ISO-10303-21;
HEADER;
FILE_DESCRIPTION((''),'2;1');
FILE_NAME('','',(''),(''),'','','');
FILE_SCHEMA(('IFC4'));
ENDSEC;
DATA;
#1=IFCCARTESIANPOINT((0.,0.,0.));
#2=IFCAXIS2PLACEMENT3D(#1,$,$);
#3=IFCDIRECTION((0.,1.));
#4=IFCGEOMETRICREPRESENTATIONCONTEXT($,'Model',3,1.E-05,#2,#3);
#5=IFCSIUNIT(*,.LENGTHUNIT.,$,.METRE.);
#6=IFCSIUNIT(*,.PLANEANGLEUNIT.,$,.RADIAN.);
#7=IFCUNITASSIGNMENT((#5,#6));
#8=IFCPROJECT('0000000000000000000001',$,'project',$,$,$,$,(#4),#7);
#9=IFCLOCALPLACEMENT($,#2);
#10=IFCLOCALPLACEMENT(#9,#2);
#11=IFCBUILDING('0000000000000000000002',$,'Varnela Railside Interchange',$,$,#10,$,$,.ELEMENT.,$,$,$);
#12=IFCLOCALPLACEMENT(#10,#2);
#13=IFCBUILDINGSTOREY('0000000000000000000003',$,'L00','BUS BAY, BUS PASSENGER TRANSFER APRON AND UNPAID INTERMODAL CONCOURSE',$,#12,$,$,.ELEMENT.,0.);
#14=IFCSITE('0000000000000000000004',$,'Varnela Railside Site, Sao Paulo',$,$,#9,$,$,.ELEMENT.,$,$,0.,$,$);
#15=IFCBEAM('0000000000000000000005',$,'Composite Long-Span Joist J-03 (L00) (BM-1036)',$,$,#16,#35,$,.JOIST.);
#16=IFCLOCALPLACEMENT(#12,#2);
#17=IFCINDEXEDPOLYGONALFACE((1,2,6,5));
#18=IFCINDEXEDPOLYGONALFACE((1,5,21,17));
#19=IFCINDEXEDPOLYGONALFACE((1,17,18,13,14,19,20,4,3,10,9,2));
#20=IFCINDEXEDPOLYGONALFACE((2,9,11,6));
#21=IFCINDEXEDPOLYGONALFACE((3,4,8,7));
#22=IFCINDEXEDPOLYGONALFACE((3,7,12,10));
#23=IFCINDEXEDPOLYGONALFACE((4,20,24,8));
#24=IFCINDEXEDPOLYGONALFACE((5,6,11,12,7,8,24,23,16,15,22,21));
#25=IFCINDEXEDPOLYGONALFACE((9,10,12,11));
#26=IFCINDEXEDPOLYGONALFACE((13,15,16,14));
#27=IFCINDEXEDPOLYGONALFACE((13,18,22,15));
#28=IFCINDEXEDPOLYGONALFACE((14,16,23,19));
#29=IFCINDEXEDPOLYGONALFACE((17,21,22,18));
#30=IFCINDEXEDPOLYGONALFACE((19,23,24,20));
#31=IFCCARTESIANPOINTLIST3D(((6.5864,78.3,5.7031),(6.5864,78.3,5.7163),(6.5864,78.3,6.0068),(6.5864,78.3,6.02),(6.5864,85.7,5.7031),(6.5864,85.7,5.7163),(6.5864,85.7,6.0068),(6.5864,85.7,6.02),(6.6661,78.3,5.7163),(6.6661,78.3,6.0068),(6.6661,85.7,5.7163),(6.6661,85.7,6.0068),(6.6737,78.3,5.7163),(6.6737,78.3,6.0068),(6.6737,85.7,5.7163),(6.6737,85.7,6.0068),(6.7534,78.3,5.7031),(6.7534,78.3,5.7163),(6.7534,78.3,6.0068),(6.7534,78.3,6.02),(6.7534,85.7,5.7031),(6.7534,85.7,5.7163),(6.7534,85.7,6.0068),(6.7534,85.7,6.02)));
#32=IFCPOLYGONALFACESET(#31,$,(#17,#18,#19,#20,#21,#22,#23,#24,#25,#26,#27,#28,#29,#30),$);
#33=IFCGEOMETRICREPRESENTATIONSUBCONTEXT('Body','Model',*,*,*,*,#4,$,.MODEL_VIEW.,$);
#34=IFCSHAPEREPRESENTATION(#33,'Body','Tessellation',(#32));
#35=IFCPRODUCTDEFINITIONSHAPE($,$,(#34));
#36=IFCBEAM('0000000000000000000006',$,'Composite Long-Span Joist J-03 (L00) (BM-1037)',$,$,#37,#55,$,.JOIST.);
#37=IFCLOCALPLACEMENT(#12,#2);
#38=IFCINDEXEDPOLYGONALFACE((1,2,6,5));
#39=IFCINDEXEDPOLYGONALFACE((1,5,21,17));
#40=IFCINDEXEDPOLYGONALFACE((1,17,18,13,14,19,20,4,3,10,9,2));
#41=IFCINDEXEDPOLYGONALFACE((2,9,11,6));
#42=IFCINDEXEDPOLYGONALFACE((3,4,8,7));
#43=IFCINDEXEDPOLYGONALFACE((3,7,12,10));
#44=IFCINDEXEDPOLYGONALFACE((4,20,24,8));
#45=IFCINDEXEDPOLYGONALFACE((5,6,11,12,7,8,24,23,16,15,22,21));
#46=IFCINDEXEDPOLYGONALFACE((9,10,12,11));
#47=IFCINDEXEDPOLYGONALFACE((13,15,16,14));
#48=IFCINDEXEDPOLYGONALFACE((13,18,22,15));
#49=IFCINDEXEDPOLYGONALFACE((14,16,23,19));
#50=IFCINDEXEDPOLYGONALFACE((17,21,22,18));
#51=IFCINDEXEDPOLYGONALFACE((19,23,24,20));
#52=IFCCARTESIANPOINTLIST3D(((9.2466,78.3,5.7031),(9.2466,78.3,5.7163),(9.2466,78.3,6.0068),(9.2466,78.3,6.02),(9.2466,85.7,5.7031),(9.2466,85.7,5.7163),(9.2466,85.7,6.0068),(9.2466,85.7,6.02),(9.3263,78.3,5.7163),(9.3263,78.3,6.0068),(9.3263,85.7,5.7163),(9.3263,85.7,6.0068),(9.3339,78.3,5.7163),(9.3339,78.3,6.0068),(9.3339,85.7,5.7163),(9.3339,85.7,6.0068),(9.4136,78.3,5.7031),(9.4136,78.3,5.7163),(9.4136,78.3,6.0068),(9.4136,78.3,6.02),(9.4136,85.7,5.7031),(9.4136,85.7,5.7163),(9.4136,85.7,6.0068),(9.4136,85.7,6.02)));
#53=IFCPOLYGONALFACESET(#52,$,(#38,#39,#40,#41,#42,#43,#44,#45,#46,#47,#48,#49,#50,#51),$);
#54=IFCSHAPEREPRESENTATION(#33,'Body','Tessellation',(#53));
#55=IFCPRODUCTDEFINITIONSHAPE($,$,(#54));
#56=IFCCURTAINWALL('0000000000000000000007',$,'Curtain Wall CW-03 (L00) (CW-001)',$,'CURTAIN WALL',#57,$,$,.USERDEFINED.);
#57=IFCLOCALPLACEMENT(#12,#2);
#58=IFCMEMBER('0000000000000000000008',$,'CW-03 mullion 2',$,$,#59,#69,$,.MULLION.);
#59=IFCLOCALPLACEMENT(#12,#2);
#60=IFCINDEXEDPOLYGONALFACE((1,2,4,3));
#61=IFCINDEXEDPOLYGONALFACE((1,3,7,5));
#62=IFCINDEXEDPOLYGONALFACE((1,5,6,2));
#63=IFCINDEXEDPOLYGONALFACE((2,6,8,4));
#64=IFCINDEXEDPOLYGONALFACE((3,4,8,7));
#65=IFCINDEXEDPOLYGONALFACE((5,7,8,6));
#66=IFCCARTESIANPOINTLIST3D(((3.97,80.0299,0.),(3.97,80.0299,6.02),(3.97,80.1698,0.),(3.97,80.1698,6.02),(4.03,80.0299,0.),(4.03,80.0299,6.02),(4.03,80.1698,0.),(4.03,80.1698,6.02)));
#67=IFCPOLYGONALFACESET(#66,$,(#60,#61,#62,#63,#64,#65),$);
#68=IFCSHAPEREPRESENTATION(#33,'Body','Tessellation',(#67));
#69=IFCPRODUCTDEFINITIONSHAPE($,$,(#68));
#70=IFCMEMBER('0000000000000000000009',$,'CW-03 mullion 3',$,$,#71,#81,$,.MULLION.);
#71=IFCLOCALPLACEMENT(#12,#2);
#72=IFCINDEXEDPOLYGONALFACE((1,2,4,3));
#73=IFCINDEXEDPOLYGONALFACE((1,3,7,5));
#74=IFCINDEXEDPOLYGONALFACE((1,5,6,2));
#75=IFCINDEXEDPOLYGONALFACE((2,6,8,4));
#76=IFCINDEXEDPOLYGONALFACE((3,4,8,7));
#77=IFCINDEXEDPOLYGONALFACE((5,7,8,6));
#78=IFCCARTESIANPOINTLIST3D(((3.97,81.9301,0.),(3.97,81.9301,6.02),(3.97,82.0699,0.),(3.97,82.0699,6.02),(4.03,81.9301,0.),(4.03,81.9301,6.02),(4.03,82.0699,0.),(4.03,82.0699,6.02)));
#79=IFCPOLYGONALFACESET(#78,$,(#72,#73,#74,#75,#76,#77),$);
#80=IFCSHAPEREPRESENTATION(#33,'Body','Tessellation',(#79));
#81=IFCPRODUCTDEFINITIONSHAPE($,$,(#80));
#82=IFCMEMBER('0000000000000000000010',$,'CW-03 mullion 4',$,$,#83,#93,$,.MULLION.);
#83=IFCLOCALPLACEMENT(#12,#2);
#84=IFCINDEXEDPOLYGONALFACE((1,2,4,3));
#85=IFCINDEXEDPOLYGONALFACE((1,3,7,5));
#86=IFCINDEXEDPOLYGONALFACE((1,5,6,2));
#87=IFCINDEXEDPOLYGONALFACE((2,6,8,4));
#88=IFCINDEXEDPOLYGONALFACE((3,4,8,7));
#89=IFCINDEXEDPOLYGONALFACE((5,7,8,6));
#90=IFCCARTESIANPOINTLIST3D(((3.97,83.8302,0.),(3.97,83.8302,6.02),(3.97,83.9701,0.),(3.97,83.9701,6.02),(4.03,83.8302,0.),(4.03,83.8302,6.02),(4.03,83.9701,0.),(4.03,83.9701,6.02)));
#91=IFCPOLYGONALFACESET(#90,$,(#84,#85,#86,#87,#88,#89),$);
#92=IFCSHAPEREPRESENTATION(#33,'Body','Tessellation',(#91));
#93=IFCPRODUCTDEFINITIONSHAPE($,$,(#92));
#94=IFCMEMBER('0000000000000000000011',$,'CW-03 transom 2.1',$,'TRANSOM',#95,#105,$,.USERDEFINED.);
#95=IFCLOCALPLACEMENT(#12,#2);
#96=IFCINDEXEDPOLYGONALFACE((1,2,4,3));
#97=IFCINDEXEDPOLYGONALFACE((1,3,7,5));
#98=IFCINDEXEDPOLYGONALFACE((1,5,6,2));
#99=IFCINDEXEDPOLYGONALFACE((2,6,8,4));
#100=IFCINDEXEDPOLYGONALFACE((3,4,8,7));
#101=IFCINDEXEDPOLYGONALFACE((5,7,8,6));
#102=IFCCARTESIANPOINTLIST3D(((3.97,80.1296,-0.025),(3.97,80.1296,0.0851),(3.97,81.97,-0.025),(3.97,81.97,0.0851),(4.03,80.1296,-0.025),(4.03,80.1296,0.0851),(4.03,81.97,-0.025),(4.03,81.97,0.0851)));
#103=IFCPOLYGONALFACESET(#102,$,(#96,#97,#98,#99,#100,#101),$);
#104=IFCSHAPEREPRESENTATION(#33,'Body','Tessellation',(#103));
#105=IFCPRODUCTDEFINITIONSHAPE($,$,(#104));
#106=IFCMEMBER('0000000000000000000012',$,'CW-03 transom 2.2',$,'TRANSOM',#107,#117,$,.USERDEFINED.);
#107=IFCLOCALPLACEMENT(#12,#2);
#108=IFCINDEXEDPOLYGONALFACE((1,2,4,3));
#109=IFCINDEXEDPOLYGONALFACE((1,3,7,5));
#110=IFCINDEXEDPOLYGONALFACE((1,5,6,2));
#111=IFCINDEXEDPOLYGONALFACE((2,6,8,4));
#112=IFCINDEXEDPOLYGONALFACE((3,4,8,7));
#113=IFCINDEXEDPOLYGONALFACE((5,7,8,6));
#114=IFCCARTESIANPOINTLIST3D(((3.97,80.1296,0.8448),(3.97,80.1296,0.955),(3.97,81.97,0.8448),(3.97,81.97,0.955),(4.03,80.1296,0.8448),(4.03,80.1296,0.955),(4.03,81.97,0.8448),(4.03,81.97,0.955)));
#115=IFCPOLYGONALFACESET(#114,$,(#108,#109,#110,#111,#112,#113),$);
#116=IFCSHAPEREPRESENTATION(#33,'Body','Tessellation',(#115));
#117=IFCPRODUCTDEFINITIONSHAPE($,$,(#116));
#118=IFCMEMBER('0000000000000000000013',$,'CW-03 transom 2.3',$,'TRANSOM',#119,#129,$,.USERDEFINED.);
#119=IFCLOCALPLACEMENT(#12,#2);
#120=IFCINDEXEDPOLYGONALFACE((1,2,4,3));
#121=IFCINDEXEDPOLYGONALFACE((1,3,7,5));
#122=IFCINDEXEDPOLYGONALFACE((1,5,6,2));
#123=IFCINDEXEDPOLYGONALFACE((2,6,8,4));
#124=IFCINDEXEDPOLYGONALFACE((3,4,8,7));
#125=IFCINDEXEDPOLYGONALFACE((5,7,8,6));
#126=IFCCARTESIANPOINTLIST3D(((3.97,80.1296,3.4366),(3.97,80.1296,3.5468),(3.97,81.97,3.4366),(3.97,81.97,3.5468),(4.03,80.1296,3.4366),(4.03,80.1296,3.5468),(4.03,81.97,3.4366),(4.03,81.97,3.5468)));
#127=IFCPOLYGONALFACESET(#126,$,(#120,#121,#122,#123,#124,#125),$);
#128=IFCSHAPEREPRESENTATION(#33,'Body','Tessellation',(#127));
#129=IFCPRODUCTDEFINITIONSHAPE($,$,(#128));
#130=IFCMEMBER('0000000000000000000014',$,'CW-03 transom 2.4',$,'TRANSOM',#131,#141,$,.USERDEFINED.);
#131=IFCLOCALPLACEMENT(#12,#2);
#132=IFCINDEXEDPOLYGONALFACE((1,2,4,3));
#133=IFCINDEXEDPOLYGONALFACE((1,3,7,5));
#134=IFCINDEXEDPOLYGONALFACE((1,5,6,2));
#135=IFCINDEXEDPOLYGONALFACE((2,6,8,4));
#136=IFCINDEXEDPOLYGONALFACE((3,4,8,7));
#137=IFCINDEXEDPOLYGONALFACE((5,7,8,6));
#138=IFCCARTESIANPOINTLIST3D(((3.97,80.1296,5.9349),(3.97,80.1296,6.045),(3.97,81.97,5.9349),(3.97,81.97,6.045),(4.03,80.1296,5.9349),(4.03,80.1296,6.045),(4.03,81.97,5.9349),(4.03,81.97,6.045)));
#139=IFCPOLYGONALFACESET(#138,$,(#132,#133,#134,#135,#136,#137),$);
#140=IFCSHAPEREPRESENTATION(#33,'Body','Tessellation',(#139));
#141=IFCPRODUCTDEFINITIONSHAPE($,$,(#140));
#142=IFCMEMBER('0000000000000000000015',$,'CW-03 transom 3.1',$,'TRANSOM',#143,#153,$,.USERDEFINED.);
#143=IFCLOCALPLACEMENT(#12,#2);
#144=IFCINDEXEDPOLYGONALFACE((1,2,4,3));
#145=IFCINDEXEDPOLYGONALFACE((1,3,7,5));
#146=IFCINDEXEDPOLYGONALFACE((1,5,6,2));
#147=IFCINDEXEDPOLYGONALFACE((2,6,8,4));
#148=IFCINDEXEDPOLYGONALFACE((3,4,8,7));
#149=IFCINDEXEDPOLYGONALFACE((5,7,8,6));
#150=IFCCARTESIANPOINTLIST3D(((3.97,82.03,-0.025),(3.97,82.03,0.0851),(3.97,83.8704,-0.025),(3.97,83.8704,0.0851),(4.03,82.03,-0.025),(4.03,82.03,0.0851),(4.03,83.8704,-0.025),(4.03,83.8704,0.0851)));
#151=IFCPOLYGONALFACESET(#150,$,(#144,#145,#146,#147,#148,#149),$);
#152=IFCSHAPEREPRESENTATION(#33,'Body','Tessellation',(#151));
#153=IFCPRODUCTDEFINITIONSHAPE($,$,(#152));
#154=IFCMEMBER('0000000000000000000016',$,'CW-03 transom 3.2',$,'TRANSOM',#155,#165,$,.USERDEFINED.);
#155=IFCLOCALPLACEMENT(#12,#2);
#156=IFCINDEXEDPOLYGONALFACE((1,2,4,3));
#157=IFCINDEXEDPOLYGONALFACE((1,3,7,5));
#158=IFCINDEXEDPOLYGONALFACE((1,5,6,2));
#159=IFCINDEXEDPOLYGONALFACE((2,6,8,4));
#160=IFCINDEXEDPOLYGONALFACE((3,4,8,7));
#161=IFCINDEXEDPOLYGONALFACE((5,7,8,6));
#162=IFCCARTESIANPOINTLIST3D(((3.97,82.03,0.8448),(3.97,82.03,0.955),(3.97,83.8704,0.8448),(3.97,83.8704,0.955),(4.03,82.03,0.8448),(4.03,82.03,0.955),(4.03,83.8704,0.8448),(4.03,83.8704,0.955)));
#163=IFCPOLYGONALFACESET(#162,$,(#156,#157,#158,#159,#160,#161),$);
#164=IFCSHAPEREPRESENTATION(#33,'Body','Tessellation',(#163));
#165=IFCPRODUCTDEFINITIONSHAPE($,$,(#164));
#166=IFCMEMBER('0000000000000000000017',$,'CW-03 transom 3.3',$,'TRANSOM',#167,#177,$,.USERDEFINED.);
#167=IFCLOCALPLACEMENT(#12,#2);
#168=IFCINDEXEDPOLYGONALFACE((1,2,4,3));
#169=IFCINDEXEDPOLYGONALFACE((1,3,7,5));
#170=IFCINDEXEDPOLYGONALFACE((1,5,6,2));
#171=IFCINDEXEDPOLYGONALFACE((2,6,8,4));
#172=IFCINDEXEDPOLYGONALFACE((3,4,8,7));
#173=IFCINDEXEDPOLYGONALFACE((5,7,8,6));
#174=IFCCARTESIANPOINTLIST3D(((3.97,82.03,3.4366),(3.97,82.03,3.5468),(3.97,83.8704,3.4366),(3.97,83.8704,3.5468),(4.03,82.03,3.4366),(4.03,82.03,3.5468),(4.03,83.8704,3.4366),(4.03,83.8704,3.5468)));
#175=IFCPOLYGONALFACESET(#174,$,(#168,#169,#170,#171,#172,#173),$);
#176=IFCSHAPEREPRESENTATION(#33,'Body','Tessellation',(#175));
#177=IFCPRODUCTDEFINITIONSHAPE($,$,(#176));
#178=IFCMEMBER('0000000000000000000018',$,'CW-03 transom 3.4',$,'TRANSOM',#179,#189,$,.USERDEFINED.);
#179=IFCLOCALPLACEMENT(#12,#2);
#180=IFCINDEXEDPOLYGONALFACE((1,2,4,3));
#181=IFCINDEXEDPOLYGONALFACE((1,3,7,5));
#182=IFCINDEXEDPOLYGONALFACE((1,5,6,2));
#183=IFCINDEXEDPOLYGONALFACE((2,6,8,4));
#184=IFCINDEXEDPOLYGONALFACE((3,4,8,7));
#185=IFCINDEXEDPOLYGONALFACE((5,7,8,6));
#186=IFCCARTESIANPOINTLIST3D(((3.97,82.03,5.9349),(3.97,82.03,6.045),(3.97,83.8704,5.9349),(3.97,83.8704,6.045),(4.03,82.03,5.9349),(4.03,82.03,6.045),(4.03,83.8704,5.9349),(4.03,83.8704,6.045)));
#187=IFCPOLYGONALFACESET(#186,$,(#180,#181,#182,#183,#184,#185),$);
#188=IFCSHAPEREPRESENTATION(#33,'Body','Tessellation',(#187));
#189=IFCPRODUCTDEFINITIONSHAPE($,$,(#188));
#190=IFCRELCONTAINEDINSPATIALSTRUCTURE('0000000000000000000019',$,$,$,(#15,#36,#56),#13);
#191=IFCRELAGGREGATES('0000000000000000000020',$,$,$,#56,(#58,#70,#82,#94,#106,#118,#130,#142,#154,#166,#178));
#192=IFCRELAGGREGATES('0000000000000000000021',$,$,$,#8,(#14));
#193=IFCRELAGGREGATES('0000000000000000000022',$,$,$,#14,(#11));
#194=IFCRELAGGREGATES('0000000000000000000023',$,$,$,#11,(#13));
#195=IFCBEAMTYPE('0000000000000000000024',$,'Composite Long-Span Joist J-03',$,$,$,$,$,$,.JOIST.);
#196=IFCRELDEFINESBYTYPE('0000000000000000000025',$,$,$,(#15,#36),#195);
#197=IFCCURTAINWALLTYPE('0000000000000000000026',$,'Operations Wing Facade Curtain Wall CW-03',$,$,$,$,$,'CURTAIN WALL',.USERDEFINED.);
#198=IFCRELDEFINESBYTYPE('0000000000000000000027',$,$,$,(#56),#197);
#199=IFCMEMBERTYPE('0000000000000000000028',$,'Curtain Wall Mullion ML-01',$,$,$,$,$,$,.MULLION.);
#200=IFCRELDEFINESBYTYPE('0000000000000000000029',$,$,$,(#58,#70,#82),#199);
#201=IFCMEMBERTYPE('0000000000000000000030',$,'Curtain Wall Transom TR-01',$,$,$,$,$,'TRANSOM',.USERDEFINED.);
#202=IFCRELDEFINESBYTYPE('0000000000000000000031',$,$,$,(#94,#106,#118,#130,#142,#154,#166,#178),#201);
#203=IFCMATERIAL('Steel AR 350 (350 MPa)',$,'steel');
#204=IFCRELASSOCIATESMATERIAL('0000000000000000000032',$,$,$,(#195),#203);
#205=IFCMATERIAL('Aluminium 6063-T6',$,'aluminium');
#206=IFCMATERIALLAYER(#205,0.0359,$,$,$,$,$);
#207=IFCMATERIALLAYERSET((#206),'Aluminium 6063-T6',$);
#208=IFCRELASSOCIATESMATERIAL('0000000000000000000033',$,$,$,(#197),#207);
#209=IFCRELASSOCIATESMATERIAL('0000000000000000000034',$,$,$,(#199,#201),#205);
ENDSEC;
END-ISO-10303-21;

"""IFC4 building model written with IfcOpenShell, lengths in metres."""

from ifc_helpers import new_model, si_unit, direction, frame, origin, origin_2d, place, context, subcontext, project, spatial, rectangle, i_section, extrude, material, layer, layer_set, material_profile, profile_set, type_object, element, aggregate, save


model = new_model("IFC4")

# Units and contexts
model_context = context("Model", 3, precision=1e-05, world=origin(), true_north=direction((0.0, 1.0)))
body_context = subcontext(model_context, "Body", "Model", "MODEL_VIEW")
ifc_project = project(units=[si_unit("LENGTHUNIT", "METRE"), si_unit("PLANEANGLEUNIT", "RADIAN")], contexts=[model_context])

# Site, building, storey
site_placement = place(None, origin())
site = spatial("IfcSite", under=ifc_project, at=site_placement, Name="Varnela Railside Site, Sao Paulo", CompositionType="ELEMENT", RefElevation=0.0)
building_placement = place(site_placement, origin())
building = spatial("IfcBuilding", under=site, at=building_placement, Name="Varnela Railside Interchange", CompositionType="ELEMENT")
storey_placement = place(building_placement, origin())
storey = spatial("IfcBuildingStorey", under=building, at=storey_placement, Name="L00", Description="BUS BAY, BUS PASSENGER TRANSFER APRON AND UNPAID INTERMODAL CONCOURSE", CompositionType="ELEMENT", Elevation=0.0)

# Beams
ifc_material_1 = material(Name="Steel AR 350 (350 MPa)", Category="steel")
ifc_material_profile_1 = material_profile(ifc_material_1, i_section(OverallWidth=0.167, OverallDepth=0.3169, WebThickness=0.0076, FlangeThickness=0.0132, at=origin_2d()), Name="W310x52")
ifc_profile_set_1 = profile_set([ifc_material_profile_1], Name="Steel AR 350 (350 MPa)")
beam_type = type_object("IfcBeamType", Name="Composite Long-Span Joist J-03", PredefinedType="JOIST", material=ifc_profile_set_1)
for number, where, z_axis, x_axis, name in (
    (1, (6.6699, 78.3, 5.8616), (0.0, 1.0, 0.0), (-1.0, 0.0, 0.0), "Composite Long-Span Joist J-03 (L00) (BM-1036)"),
    (2, (9.3301, 78.3, 5.8616), (0.0, 1.0, 0.0), (-1.0, 0.0, 0.0), "Composite Long-Span Joist J-03 (L00) (BM-1037)"),
):
    element("IfcBeam", number, at=place(storey_placement, frame(where, z_axis=z_axis, x_axis=x_axis)), inside=storey, type_object=beam_type, Name=name, PredefinedType="JOIST", context=body_context, shape_type="SweptSolid", body=[
        extrude(i_section(OverallWidth=0.167, OverallDepth=0.3169, WebThickness=0.0076, FlangeThickness=0.0132, at=origin_2d()), origin(), (0.0, 0.0, 1.0), 7.3999),
    ])

# Curtain wall, members
ifc_material_2 = material(Name="Aluminium 6063-T6", Category="aluminium")
ifc_layer_1 = layer(ifc_material_2, 0.0359)
ifc_layer_set_1 = layer_set([ifc_layer_1], Name="Aluminium 6063-T6")
curtain_wall_type = type_object("IfcCurtainWallType", Name="Operations Wing Facade Curtain Wall CW-03", ElementType="CURTAIN WALL", PredefinedType="USERDEFINED", material=ifc_layer_set_1)
curtain_wall_placement = place(storey_placement, origin())
curtain_wall = element("IfcCurtainWall", 3, at=curtain_wall_placement, inside=storey, type_object=curtain_wall_type, Name="Curtain Wall CW-03 (L00) (CW-001)", ObjectType="CURTAIN WALL", PredefinedType="USERDEFINED")
ifc_material_profile_2 = material_profile(ifc_material_2, rectangle(XDim=0.0601, YDim=0.1399, at=origin_2d()), Name="ALU 60x140")
ifc_profile_set_2 = profile_set([ifc_material_profile_2], Name="Aluminium 6063-T6")
member_type_1 = type_object("IfcMemberType", Name="Curtain Wall Mullion ML-01", PredefinedType="MULLION", material=ifc_profile_set_2)
member_1_placement = place(storey_placement, frame((4.0, 80.0999, 0.0), z_axis=(0.0, 0.0, 1.0), x_axis=(-1.0, 0.0, 0.0)))
member_1 = element("IfcMember", 4, at=member_1_placement, type_object=member_type_1, Name="CW-03 mullion 2", PredefinedType="MULLION", context=body_context, shape_type="SweptSolid", body=[
    extrude(rectangle(XDim=0.0601, YDim=0.1399, at=origin_2d()), origin(), (0.0, 0.0, 1.0), 6.02),
])
member_2_placement = place(storey_placement, frame((4.0, 82.0, 0.0), z_axis=(0.0, 0.0, 1.0), x_axis=(-1.0, 0.0, 0.0)))
member_2 = element("IfcMember", 5, at=member_2_placement, type_object=member_type_1, Name="CW-03 mullion 3", PredefinedType="MULLION", context=body_context, shape_type="SweptSolid", body=[
    extrude(rectangle(XDim=0.0601, YDim=0.1399, at=origin_2d()), origin(), (0.0, 0.0, 1.0), 6.02),
])
member_3_placement = place(storey_placement, frame((4.0, 83.9001, 0.0), z_axis=(0.0, 0.0, 1.0), x_axis=(-1.0, 0.0, 0.0)))
member_3 = element("IfcMember", 6, at=member_3_placement, type_object=member_type_1, Name="CW-03 mullion 4", PredefinedType="MULLION", context=body_context, shape_type="SweptSolid", body=[
    extrude(rectangle(XDim=0.0601, YDim=0.1399, at=origin_2d()), origin(), (0.0, 0.0, 1.0), 6.02),
])
ifc_material_profile_3 = material_profile(ifc_material_2, rectangle(XDim=0.0601, YDim=0.1101, at=origin_2d()), Name="ALU 60x110")
ifc_profile_set_3 = profile_set([ifc_material_profile_3], Name="Aluminium 6063-T6")
member_type_2 = type_object("IfcMemberType", Name="Curtain Wall Transom TR-01", ElementType="TRANSOM", PredefinedType="USERDEFINED", material=ifc_profile_set_3)
member_4_placement = place(storey_placement, frame((4.0, 80.1296, 0.03), z_axis=(0.0, 1.0, 0.0), x_axis=(-1.0, 0.0, 0.0)))
member_4 = element("IfcMember", 7, at=member_4_placement, type_object=member_type_2, Name="CW-03 transom 2.1", ObjectType="TRANSOM", PredefinedType="USERDEFINED", context=body_context, shape_type="SweptSolid", body=[
    extrude(rectangle(XDim=0.0601, YDim=0.1101, at=origin_2d()), origin(), (0.0, 0.0, 1.0), 1.8403),
])
member_5_placement = place(storey_placement, frame((4.0, 80.1296, 0.8999), z_axis=(0.0, 1.0, 0.0), x_axis=(-1.0, 0.0, 0.0)))
member_5 = element("IfcMember", 8, at=member_5_placement, type_object=member_type_2, Name="CW-03 transom 2.2", ObjectType="TRANSOM", PredefinedType="USERDEFINED", context=body_context, shape_type="SweptSolid", body=[
    extrude(rectangle(XDim=0.0601, YDim=0.1101, at=origin_2d()), origin(), (0.0, 0.0, 1.0), 1.8403),
])
member_6_placement = place(storey_placement, frame((4.0, 80.1296, 3.4917), z_axis=(0.0, 1.0, 0.0), x_axis=(-1.0, 0.0, 0.0)))
member_6 = element("IfcMember", 9, at=member_6_placement, type_object=member_type_2, Name="CW-03 transom 2.3", ObjectType="TRANSOM", PredefinedType="USERDEFINED", context=body_context, shape_type="SweptSolid", body=[
    extrude(rectangle(XDim=0.0601, YDim=0.1101, at=origin_2d()), origin(), (0.0, 0.0, 1.0), 1.8403),
])
member_7_placement = place(storey_placement, frame((4.0, 80.1296, 5.99), z_axis=(0.0, 1.0, 0.0), x_axis=(-1.0, 0.0, 0.0)))
member_7 = element("IfcMember", 10, at=member_7_placement, type_object=member_type_2, Name="CW-03 transom 2.4", ObjectType="TRANSOM", PredefinedType="USERDEFINED", context=body_context, shape_type="SweptSolid", body=[
    extrude(rectangle(XDim=0.0601, YDim=0.1101, at=origin_2d()), origin(), (0.0, 0.0, 1.0), 1.8403),
])
member_8_placement = place(storey_placement, frame((4.0, 82.03, 0.03), z_axis=(0.0, 1.0, 0.0), x_axis=(-1.0, 0.0, 0.0)))
member_8 = element("IfcMember", 11, at=member_8_placement, type_object=member_type_2, Name="CW-03 transom 3.1", ObjectType="TRANSOM", PredefinedType="USERDEFINED", context=body_context, shape_type="SweptSolid", body=[
    extrude(rectangle(XDim=0.0601, YDim=0.1101, at=origin_2d()), origin(), (0.0, 0.0, 1.0), 1.8403),
])
member_9_placement = place(storey_placement, frame((4.0, 82.03, 0.8999), z_axis=(0.0, 1.0, 0.0), x_axis=(-1.0, 0.0, 0.0)))
member_9 = element("IfcMember", 12, at=member_9_placement, type_object=member_type_2, Name="CW-03 transom 3.2", ObjectType="TRANSOM", PredefinedType="USERDEFINED", context=body_context, shape_type="SweptSolid", body=[
    extrude(rectangle(XDim=0.0601, YDim=0.1101, at=origin_2d()), origin(), (0.0, 0.0, 1.0), 1.8403),
])
member_10_placement = place(storey_placement, frame((4.0, 82.03, 3.4917), z_axis=(0.0, 1.0, 0.0), x_axis=(-1.0, 0.0, 0.0)))
member_10 = element("IfcMember", 13, at=member_10_placement, type_object=member_type_2, Name="CW-03 transom 3.3", ObjectType="TRANSOM", PredefinedType="USERDEFINED", context=body_context, shape_type="SweptSolid", body=[
    extrude(rectangle(XDim=0.0601, YDim=0.1101, at=origin_2d()), origin(), (0.0, 0.0, 1.0), 1.8403),
])
member_11_placement = place(storey_placement, frame((4.0, 82.03, 5.99), z_axis=(0.0, 1.0, 0.0), x_axis=(-1.0, 0.0, 0.0)))
member_11 = element("IfcMember", 14, at=member_11_placement, type_object=member_type_2, Name="CW-03 transom 3.4", ObjectType="TRANSOM", PredefinedType="USERDEFINED", context=body_context, shape_type="SweptSolid", body=[
    extrude(rectangle(XDim=0.0601, YDim=0.1101, at=origin_2d()), origin(), (0.0, 0.0, 1.0), 1.8403),
])
aggregate(curtain_wall, [member_1, member_2, member_3, member_4, member_5, member_6, member_7, member_8, member_9, member_10, member_11])

save(model, "model.ifc")
